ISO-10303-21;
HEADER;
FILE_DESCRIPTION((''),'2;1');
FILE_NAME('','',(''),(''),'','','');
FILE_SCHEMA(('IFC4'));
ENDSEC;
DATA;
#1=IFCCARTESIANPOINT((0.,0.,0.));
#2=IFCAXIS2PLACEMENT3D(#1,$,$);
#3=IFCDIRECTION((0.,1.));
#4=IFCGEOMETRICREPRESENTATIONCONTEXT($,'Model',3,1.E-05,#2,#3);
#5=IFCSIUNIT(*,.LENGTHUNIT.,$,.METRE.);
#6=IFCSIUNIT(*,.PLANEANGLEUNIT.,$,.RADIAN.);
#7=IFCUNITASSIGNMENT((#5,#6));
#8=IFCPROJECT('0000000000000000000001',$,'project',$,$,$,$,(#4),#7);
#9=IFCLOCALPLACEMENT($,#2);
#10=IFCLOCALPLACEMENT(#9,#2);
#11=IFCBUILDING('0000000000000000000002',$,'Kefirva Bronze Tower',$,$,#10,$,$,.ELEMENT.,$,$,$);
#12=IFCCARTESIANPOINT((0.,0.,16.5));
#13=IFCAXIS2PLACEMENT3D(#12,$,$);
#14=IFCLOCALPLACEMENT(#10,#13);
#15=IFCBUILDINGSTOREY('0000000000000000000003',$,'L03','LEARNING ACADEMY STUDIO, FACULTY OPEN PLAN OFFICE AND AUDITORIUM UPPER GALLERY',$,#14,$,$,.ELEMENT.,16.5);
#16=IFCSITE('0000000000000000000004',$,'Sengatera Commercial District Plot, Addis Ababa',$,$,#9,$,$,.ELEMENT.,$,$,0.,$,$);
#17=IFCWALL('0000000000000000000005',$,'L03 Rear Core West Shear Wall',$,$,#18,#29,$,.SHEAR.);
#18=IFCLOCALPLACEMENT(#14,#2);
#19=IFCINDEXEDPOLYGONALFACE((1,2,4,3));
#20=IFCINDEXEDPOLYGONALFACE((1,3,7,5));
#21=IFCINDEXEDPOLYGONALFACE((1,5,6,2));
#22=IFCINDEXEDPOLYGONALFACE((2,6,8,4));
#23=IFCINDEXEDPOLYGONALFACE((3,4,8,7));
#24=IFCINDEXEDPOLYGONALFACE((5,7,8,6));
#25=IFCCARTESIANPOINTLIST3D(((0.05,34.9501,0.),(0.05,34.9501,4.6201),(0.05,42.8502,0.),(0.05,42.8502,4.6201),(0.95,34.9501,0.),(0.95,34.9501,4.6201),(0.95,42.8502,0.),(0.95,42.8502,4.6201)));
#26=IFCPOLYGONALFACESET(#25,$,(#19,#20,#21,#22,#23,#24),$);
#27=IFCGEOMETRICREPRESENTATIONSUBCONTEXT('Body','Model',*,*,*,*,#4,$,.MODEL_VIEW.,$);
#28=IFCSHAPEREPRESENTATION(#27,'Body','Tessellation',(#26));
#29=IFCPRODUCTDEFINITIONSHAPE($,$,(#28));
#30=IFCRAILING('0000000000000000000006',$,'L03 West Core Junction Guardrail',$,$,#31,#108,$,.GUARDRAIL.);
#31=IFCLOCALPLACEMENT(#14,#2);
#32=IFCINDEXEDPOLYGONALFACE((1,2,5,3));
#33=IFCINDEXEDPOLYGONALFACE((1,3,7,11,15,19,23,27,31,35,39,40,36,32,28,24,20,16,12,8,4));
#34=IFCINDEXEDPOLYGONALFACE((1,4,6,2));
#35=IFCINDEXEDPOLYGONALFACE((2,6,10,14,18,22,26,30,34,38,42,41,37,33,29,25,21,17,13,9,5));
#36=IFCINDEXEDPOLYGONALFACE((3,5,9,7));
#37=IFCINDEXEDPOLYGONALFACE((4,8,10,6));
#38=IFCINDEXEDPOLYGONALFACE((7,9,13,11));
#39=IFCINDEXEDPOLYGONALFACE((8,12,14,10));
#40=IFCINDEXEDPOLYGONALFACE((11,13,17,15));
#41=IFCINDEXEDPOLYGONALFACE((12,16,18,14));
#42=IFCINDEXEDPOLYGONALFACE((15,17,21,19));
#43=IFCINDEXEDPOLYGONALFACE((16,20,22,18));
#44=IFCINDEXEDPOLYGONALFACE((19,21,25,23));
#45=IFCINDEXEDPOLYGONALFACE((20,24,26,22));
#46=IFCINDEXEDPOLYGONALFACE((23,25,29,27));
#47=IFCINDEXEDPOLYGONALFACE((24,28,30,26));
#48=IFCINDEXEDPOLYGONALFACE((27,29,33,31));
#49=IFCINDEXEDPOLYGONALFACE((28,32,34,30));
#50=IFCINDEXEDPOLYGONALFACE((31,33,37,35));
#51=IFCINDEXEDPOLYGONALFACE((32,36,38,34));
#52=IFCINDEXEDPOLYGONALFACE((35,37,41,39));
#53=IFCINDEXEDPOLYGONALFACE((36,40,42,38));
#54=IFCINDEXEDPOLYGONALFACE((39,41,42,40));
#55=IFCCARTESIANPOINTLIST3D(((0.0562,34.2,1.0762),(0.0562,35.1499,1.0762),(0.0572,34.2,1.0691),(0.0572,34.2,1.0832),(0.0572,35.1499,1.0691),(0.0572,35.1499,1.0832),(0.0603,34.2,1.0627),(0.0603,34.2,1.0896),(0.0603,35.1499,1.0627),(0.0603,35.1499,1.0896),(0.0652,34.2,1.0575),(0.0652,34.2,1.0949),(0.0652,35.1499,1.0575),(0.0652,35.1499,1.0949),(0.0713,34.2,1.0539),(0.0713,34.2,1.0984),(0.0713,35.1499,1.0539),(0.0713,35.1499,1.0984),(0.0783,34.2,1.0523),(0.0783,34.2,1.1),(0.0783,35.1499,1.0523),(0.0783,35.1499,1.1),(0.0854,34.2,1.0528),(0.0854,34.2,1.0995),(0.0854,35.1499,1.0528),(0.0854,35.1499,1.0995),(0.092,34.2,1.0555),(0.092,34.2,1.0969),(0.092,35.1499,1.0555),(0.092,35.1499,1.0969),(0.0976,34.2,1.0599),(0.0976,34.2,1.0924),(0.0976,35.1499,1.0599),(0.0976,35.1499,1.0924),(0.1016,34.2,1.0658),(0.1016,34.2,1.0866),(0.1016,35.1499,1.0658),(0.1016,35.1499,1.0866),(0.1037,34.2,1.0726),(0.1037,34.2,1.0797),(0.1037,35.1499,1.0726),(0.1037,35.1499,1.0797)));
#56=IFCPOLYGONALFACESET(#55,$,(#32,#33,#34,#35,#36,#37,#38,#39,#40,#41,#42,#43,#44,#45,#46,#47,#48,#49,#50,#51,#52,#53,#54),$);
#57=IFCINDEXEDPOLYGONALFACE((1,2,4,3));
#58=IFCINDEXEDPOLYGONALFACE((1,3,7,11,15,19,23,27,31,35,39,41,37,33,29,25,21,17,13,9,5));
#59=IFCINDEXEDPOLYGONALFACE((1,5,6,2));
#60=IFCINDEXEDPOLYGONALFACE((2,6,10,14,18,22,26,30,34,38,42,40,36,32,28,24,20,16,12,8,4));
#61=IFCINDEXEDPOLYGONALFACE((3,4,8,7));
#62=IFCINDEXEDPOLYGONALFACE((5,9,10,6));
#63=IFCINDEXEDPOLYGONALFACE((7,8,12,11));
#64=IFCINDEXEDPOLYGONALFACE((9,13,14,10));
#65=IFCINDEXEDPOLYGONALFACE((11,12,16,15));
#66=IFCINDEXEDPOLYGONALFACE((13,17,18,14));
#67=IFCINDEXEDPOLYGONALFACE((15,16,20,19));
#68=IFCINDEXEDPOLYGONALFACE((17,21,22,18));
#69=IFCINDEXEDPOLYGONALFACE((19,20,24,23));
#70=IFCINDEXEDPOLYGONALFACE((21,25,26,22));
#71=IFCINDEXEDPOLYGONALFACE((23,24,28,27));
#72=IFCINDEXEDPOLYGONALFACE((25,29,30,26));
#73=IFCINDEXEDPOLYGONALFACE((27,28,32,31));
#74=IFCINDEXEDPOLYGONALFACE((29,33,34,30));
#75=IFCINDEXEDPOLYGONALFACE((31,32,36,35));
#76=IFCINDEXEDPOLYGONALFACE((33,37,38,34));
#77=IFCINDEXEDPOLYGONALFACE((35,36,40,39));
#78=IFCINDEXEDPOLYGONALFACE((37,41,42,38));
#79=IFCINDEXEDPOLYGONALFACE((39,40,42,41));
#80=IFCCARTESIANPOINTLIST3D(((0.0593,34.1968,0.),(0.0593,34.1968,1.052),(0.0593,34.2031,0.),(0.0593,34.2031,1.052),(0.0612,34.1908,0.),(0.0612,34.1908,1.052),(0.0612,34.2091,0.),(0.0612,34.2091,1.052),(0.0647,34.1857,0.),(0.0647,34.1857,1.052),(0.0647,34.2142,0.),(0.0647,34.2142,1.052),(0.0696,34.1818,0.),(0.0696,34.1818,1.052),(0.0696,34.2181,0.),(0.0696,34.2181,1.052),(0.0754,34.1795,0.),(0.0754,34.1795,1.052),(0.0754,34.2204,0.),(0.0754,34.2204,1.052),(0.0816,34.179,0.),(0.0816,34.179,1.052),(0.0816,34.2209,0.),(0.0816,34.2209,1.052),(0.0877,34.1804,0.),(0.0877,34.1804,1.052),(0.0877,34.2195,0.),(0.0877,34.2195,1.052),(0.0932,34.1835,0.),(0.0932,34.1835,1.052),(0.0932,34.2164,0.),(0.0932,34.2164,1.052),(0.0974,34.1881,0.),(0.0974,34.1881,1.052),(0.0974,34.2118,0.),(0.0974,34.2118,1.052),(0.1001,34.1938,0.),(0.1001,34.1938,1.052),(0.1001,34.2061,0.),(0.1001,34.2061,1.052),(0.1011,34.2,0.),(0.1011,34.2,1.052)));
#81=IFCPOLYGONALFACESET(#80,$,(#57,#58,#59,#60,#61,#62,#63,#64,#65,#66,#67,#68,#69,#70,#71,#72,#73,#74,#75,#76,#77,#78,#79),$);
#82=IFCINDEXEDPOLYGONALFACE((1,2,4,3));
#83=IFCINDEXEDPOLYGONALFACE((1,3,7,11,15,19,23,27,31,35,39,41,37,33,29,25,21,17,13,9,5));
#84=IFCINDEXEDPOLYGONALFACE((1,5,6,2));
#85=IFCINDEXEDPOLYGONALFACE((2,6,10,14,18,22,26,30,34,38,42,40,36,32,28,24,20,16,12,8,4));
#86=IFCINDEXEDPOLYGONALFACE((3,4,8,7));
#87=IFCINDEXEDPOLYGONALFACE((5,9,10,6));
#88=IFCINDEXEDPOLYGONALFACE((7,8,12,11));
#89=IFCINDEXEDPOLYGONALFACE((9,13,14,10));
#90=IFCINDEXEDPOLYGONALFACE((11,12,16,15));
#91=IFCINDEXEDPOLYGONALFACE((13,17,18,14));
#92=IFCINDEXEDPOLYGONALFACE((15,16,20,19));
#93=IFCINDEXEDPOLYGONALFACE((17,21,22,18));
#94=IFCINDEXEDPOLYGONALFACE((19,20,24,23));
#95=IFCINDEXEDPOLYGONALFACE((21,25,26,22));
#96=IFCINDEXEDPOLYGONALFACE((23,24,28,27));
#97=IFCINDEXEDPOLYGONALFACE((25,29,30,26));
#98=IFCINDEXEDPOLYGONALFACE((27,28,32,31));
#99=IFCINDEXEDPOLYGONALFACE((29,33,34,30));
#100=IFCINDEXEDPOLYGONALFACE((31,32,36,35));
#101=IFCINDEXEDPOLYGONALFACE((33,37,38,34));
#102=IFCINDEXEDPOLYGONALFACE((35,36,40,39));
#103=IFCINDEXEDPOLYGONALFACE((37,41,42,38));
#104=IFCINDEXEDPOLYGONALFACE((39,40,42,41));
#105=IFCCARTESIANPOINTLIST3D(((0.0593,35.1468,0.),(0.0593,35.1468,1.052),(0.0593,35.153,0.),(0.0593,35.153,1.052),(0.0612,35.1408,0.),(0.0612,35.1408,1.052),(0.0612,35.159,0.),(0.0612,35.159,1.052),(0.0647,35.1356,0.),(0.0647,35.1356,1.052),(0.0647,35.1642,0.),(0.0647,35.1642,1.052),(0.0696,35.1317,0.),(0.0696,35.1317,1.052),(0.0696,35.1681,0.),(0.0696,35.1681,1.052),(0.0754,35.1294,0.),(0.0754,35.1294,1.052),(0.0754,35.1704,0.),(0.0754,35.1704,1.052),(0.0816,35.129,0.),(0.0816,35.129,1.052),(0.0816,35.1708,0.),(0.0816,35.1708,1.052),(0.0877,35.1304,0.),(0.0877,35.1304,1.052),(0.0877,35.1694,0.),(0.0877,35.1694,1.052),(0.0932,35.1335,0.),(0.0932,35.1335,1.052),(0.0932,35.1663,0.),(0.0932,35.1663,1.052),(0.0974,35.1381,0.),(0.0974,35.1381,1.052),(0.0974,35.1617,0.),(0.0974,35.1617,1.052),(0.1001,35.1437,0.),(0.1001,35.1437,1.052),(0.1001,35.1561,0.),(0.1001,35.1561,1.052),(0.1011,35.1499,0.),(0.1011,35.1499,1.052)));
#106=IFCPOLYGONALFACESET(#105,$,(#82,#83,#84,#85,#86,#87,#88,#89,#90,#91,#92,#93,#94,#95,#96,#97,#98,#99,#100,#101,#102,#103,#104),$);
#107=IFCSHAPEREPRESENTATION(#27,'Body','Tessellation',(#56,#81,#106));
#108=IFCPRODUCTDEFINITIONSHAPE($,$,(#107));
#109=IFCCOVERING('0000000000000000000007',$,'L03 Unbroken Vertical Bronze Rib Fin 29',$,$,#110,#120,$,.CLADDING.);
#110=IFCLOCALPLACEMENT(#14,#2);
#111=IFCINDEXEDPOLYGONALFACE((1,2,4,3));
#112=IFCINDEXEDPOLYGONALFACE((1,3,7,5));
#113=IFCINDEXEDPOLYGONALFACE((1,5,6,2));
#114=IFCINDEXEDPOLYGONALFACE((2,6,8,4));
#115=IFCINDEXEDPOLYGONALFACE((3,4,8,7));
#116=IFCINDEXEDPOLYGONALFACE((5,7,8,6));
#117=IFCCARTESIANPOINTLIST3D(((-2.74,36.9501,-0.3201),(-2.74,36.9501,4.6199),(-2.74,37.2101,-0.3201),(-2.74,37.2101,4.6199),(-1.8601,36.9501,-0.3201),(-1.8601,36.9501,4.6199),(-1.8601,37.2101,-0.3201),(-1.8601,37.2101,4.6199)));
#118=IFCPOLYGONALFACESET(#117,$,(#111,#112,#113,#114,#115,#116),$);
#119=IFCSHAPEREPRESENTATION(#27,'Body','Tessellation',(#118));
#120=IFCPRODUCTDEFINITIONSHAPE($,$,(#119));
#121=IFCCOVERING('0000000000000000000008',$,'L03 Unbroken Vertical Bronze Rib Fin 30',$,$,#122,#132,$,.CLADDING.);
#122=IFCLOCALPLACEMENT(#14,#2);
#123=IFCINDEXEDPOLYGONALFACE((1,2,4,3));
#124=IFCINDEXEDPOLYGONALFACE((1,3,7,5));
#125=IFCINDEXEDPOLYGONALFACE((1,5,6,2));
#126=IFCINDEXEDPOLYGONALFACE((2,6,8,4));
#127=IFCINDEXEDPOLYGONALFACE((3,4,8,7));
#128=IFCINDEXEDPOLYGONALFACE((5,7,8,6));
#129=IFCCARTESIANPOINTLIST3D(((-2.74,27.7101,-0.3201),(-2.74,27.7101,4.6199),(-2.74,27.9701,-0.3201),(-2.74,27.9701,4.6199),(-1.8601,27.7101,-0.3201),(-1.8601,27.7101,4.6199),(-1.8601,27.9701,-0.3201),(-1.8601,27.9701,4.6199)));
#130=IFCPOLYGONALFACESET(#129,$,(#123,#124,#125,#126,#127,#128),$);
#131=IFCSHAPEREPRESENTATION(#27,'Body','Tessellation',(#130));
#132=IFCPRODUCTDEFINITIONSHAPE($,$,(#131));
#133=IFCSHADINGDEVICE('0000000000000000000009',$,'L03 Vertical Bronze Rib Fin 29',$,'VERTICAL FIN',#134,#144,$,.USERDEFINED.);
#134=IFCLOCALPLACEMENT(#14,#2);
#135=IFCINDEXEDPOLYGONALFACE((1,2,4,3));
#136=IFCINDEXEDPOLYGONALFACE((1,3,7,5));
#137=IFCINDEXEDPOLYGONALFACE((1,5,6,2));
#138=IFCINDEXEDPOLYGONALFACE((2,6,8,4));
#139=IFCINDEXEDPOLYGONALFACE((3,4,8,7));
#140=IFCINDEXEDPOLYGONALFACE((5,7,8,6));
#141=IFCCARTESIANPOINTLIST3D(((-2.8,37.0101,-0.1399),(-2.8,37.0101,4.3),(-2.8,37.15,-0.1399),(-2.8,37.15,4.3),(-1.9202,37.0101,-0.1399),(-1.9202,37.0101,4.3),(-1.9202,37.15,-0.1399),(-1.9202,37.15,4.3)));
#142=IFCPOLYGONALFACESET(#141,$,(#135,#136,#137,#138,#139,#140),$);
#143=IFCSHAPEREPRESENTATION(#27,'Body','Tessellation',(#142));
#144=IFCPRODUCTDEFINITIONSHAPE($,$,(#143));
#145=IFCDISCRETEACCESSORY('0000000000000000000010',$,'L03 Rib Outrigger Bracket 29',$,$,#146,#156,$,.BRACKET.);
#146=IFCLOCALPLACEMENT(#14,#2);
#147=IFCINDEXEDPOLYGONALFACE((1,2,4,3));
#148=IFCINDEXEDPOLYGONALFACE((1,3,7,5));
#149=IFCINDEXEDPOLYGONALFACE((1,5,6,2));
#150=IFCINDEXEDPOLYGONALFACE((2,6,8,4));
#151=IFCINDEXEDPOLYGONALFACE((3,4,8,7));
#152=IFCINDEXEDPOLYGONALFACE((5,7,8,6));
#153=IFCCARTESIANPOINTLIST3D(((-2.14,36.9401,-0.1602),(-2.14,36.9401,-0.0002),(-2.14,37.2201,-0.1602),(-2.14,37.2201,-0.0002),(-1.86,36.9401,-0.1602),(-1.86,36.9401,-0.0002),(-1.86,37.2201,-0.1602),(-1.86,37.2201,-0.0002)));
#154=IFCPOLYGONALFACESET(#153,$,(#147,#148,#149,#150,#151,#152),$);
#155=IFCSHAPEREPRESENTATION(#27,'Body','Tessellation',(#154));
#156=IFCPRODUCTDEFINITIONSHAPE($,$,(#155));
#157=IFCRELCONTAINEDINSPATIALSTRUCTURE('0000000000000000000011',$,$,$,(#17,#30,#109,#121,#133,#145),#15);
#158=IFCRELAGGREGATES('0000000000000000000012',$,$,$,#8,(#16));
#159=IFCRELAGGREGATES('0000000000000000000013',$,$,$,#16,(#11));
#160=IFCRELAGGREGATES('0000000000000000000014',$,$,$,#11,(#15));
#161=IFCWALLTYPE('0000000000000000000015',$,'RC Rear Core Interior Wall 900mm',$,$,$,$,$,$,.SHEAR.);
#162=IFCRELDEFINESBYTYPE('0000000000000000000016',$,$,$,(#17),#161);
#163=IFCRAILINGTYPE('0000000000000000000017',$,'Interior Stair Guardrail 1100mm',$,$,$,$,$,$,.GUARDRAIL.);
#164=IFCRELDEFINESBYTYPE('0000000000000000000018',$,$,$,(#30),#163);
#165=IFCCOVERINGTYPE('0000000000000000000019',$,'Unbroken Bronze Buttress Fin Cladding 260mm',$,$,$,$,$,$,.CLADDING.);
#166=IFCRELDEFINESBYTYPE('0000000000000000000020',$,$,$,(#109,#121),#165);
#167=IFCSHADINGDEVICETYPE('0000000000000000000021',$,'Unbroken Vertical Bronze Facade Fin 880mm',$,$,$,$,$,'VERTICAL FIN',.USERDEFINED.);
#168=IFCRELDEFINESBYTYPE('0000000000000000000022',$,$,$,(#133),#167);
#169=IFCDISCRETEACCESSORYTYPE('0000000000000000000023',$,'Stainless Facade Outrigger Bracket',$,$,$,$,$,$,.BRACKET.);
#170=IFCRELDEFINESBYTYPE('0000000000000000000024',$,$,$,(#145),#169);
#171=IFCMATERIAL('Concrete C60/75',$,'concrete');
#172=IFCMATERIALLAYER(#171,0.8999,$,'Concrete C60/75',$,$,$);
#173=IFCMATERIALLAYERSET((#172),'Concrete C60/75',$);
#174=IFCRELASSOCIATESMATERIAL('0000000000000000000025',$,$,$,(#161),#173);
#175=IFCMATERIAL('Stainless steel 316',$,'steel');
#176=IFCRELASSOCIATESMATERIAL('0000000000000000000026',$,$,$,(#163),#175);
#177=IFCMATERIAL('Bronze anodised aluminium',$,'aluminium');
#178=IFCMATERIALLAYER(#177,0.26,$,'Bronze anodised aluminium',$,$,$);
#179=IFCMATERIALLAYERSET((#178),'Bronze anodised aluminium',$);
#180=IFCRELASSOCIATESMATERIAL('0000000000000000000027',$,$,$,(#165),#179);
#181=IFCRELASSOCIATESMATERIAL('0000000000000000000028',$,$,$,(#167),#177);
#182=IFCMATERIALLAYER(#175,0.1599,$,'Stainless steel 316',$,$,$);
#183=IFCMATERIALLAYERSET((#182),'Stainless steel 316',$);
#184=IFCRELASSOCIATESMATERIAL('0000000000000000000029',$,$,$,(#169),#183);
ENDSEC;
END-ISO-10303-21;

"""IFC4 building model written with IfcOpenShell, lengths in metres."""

from ifc_helpers import new_model, si_unit, direction, frame, frame_2d, origin, origin_2d, place, context, subcontext, project, spatial, rectangle, circle, extrude, material, layer, layer_set, material_profile, profile_set, type_object, element, save


model = new_model("IFC4")

# Units and contexts
model_context = context("Model", 3, precision=1e-05, world=origin(), true_north=direction((0.0, 1.0)))
body_context = subcontext(model_context, "Body", "Model", "MODEL_VIEW")
ifc_project = project(units=[si_unit("LENGTHUNIT", "METRE"), si_unit("PLANEANGLEUNIT", "RADIAN")], contexts=[model_context])

# Site, building, storey
site_placement = place(None, origin())
site = spatial("IfcSite", under=ifc_project, at=site_placement, Name="Sengatera Commercial District Plot, Addis Ababa", CompositionType="ELEMENT", RefElevation=0.0)
building_placement = place(site_placement, origin())
building = spatial("IfcBuilding", under=site, at=building_placement, Name="Kefirva Bronze Tower", CompositionType="ELEMENT")
storey_placement = place(building_placement, frame((0.0, 0.0, 16.5)))
storey = spatial("IfcBuildingStorey", under=building, at=storey_placement, Name="L03", Description="LEARNING ACADEMY STUDIO, FACULTY OPEN PLAN OFFICE AND AUDITORIUM UPPER GALLERY", CompositionType="ELEMENT", Elevation=16.5)

# Shared definitions
ifc_material_1 = material(Name="Concrete C60/75", Category="concrete")

# Shared definitions
ifc_material_2 = material(Name="Bronze anodised aluminium", Category="aluminium")

# Wall
ifc_layer_1 = layer(ifc_material_1, 0.8999, Name="Concrete C60/75")
ifc_layer_set_1 = layer_set([ifc_layer_1], Name="Concrete C60/75")
wall_type = type_object("IfcWallType", Name="RC Rear Core Interior Wall 900mm", PredefinedType="SHEAR", material=ifc_layer_set_1)
wall_placement = place(storey_placement, frame((0.5, 34.95, 0.0), z_axis=(0.0, 0.0, 1.0), x_axis=(0.0, 1.0, 0.0)))
element("IfcWall", 1, at=wall_placement, inside=storey, type_object=wall_type, Name="L03 Rear Core West Shear Wall", PredefinedType="SHEAR", context=body_context, shape_type="SweptSolid", body=[
    extrude(rectangle(XDim=7.9001, YDim=0.8999, at=frame_2d((3.9502, 0.0))), origin(), (0.0, 0.0, 1.0), 4.6201),
])

# Railing
ifc_material_3 = material(Name="Stainless steel 316", Category="steel")
railing_type = type_object("IfcRailingType", Name="Interior Stair Guardrail 1100mm", PredefinedType="GUARDRAIL", material=ifc_material_3)
railing_placement = place(storey_placement, frame((0.0801, 34.2, 0.0)))
element("IfcRailing", 2, at=railing_placement, inside=storey, type_object=railing_type, Name="L03 West Core Junction Guardrail", PredefinedType="GUARDRAIL", context=body_context, shape_type="SweptSolid", body=[
    extrude(circle(Radius=0.0239, at=origin_2d()), frame((0.0, 0.0, 1.0762), z_axis=(0.0, 1.0, 0.0), x_axis=(-1.0, 0.0, 0.0)), (0.0, 0.0, 1.0), 0.95),
    extrude(circle(Radius=0.021, at=origin_2d()), origin(), (0.0, 0.0, 1.0), 1.052),
    extrude(circle(Radius=0.021, at=origin_2d()), frame((0.0, 0.95, 0.0)), (0.0, 0.0, 1.0), 1.052),
])

# Coverings
ifc_layer_2 = layer(ifc_material_2, 0.26, Name="Bronze anodised aluminium")
ifc_layer_set_2 = layer_set([ifc_layer_2], Name="Bronze anodised aluminium")
covering_type = type_object("IfcCoveringType", Name="Unbroken Bronze Buttress Fin Cladding 260mm", PredefinedType="CLADDING", material=ifc_layer_set_2)
for number, where, z_axis, x_axis, name in (
    (3, (-2.3, 37.0801, -0.3201), (0.0, 0.0, 1.0), (0.0, -1.0, 0.0), "L03 Unbroken Vertical Bronze Rib Fin 29"),
    (4, (-2.3, 27.8401, -0.3201), (0.0, 0.0, 1.0), (0.0, -1.0, 0.0), "L03 Unbroken Vertical Bronze Rib Fin 30"),
):
    element("IfcCovering", number, at=place(storey_placement, frame(where, z_axis=z_axis, x_axis=x_axis)), inside=storey, type_object=covering_type, Name=name, PredefinedType="CLADDING", context=body_context, shape_type="SweptSolid", body=[
        extrude(rectangle(XDim=0.26, YDim=0.8799, at=origin_2d()), origin(), (0.0, 0.0, 1.0), 4.9399),
    ])

# Shading device
ifc_material_profile_1 = material_profile(ifc_material_2, rectangle(XDim=0.1399, YDim=0.8799, at=origin_2d()), Name="BRONZE FIN 140x880")
ifc_profile_set_1 = profile_set([ifc_material_profile_1], Name="Bronze anodised aluminium")
shading_device_type = type_object("IfcShadingDeviceType", Name="Unbroken Vertical Bronze Facade Fin 880mm", ElementType="VERTICAL FIN", PredefinedType="USERDEFINED", material=ifc_profile_set_1)
shading_device_placement = place(storey_placement, frame((-2.3601, 37.0801, -0.1399), z_axis=(0.0, 0.0, 1.0), x_axis=(0.0, -1.0, 0.0)))
element("IfcShadingDevice", 5, at=shading_device_placement, inside=storey, type_object=shading_device_type, Name="L03 Vertical Bronze Rib Fin 29", ObjectType="VERTICAL FIN", PredefinedType="USERDEFINED", context=body_context, shape_type="SweptSolid", body=[
    extrude(rectangle(XDim=0.1399, YDim=0.8799, at=origin_2d()), origin(), (0.0, 0.0, 1.0), 4.4399),
])

# Discrete accessory
ifc_layer_3 = layer(ifc_material_3, 0.1599, Name="Stainless steel 316")
ifc_layer_set_3 = layer_set([ifc_layer_3], Name="Stainless steel 316")
discrete_accessory_type = type_object("IfcDiscreteAccessoryType", Name="Stainless Facade Outrigger Bracket", PredefinedType="BRACKET", material=ifc_layer_set_3)
discrete_accessory_placement = place(storey_placement, frame((-2.0, 37.0801, -0.1602), z_axis=(0.0, 0.0, 1.0), x_axis=(0.0, -1.0, 0.0)))
element("IfcDiscreteAccessory", 6, at=discrete_accessory_placement, inside=storey, type_object=discrete_accessory_type, Name="L03 Rib Outrigger Bracket 29", PredefinedType="BRACKET", context=body_context, shape_type="SweptSolid", body=[
    extrude(rectangle(XDim=0.28, YDim=0.28, at=origin_2d()), origin(), (0.0, 0.0, 1.0), 0.1599),
])

save(model, "model.ifc")
